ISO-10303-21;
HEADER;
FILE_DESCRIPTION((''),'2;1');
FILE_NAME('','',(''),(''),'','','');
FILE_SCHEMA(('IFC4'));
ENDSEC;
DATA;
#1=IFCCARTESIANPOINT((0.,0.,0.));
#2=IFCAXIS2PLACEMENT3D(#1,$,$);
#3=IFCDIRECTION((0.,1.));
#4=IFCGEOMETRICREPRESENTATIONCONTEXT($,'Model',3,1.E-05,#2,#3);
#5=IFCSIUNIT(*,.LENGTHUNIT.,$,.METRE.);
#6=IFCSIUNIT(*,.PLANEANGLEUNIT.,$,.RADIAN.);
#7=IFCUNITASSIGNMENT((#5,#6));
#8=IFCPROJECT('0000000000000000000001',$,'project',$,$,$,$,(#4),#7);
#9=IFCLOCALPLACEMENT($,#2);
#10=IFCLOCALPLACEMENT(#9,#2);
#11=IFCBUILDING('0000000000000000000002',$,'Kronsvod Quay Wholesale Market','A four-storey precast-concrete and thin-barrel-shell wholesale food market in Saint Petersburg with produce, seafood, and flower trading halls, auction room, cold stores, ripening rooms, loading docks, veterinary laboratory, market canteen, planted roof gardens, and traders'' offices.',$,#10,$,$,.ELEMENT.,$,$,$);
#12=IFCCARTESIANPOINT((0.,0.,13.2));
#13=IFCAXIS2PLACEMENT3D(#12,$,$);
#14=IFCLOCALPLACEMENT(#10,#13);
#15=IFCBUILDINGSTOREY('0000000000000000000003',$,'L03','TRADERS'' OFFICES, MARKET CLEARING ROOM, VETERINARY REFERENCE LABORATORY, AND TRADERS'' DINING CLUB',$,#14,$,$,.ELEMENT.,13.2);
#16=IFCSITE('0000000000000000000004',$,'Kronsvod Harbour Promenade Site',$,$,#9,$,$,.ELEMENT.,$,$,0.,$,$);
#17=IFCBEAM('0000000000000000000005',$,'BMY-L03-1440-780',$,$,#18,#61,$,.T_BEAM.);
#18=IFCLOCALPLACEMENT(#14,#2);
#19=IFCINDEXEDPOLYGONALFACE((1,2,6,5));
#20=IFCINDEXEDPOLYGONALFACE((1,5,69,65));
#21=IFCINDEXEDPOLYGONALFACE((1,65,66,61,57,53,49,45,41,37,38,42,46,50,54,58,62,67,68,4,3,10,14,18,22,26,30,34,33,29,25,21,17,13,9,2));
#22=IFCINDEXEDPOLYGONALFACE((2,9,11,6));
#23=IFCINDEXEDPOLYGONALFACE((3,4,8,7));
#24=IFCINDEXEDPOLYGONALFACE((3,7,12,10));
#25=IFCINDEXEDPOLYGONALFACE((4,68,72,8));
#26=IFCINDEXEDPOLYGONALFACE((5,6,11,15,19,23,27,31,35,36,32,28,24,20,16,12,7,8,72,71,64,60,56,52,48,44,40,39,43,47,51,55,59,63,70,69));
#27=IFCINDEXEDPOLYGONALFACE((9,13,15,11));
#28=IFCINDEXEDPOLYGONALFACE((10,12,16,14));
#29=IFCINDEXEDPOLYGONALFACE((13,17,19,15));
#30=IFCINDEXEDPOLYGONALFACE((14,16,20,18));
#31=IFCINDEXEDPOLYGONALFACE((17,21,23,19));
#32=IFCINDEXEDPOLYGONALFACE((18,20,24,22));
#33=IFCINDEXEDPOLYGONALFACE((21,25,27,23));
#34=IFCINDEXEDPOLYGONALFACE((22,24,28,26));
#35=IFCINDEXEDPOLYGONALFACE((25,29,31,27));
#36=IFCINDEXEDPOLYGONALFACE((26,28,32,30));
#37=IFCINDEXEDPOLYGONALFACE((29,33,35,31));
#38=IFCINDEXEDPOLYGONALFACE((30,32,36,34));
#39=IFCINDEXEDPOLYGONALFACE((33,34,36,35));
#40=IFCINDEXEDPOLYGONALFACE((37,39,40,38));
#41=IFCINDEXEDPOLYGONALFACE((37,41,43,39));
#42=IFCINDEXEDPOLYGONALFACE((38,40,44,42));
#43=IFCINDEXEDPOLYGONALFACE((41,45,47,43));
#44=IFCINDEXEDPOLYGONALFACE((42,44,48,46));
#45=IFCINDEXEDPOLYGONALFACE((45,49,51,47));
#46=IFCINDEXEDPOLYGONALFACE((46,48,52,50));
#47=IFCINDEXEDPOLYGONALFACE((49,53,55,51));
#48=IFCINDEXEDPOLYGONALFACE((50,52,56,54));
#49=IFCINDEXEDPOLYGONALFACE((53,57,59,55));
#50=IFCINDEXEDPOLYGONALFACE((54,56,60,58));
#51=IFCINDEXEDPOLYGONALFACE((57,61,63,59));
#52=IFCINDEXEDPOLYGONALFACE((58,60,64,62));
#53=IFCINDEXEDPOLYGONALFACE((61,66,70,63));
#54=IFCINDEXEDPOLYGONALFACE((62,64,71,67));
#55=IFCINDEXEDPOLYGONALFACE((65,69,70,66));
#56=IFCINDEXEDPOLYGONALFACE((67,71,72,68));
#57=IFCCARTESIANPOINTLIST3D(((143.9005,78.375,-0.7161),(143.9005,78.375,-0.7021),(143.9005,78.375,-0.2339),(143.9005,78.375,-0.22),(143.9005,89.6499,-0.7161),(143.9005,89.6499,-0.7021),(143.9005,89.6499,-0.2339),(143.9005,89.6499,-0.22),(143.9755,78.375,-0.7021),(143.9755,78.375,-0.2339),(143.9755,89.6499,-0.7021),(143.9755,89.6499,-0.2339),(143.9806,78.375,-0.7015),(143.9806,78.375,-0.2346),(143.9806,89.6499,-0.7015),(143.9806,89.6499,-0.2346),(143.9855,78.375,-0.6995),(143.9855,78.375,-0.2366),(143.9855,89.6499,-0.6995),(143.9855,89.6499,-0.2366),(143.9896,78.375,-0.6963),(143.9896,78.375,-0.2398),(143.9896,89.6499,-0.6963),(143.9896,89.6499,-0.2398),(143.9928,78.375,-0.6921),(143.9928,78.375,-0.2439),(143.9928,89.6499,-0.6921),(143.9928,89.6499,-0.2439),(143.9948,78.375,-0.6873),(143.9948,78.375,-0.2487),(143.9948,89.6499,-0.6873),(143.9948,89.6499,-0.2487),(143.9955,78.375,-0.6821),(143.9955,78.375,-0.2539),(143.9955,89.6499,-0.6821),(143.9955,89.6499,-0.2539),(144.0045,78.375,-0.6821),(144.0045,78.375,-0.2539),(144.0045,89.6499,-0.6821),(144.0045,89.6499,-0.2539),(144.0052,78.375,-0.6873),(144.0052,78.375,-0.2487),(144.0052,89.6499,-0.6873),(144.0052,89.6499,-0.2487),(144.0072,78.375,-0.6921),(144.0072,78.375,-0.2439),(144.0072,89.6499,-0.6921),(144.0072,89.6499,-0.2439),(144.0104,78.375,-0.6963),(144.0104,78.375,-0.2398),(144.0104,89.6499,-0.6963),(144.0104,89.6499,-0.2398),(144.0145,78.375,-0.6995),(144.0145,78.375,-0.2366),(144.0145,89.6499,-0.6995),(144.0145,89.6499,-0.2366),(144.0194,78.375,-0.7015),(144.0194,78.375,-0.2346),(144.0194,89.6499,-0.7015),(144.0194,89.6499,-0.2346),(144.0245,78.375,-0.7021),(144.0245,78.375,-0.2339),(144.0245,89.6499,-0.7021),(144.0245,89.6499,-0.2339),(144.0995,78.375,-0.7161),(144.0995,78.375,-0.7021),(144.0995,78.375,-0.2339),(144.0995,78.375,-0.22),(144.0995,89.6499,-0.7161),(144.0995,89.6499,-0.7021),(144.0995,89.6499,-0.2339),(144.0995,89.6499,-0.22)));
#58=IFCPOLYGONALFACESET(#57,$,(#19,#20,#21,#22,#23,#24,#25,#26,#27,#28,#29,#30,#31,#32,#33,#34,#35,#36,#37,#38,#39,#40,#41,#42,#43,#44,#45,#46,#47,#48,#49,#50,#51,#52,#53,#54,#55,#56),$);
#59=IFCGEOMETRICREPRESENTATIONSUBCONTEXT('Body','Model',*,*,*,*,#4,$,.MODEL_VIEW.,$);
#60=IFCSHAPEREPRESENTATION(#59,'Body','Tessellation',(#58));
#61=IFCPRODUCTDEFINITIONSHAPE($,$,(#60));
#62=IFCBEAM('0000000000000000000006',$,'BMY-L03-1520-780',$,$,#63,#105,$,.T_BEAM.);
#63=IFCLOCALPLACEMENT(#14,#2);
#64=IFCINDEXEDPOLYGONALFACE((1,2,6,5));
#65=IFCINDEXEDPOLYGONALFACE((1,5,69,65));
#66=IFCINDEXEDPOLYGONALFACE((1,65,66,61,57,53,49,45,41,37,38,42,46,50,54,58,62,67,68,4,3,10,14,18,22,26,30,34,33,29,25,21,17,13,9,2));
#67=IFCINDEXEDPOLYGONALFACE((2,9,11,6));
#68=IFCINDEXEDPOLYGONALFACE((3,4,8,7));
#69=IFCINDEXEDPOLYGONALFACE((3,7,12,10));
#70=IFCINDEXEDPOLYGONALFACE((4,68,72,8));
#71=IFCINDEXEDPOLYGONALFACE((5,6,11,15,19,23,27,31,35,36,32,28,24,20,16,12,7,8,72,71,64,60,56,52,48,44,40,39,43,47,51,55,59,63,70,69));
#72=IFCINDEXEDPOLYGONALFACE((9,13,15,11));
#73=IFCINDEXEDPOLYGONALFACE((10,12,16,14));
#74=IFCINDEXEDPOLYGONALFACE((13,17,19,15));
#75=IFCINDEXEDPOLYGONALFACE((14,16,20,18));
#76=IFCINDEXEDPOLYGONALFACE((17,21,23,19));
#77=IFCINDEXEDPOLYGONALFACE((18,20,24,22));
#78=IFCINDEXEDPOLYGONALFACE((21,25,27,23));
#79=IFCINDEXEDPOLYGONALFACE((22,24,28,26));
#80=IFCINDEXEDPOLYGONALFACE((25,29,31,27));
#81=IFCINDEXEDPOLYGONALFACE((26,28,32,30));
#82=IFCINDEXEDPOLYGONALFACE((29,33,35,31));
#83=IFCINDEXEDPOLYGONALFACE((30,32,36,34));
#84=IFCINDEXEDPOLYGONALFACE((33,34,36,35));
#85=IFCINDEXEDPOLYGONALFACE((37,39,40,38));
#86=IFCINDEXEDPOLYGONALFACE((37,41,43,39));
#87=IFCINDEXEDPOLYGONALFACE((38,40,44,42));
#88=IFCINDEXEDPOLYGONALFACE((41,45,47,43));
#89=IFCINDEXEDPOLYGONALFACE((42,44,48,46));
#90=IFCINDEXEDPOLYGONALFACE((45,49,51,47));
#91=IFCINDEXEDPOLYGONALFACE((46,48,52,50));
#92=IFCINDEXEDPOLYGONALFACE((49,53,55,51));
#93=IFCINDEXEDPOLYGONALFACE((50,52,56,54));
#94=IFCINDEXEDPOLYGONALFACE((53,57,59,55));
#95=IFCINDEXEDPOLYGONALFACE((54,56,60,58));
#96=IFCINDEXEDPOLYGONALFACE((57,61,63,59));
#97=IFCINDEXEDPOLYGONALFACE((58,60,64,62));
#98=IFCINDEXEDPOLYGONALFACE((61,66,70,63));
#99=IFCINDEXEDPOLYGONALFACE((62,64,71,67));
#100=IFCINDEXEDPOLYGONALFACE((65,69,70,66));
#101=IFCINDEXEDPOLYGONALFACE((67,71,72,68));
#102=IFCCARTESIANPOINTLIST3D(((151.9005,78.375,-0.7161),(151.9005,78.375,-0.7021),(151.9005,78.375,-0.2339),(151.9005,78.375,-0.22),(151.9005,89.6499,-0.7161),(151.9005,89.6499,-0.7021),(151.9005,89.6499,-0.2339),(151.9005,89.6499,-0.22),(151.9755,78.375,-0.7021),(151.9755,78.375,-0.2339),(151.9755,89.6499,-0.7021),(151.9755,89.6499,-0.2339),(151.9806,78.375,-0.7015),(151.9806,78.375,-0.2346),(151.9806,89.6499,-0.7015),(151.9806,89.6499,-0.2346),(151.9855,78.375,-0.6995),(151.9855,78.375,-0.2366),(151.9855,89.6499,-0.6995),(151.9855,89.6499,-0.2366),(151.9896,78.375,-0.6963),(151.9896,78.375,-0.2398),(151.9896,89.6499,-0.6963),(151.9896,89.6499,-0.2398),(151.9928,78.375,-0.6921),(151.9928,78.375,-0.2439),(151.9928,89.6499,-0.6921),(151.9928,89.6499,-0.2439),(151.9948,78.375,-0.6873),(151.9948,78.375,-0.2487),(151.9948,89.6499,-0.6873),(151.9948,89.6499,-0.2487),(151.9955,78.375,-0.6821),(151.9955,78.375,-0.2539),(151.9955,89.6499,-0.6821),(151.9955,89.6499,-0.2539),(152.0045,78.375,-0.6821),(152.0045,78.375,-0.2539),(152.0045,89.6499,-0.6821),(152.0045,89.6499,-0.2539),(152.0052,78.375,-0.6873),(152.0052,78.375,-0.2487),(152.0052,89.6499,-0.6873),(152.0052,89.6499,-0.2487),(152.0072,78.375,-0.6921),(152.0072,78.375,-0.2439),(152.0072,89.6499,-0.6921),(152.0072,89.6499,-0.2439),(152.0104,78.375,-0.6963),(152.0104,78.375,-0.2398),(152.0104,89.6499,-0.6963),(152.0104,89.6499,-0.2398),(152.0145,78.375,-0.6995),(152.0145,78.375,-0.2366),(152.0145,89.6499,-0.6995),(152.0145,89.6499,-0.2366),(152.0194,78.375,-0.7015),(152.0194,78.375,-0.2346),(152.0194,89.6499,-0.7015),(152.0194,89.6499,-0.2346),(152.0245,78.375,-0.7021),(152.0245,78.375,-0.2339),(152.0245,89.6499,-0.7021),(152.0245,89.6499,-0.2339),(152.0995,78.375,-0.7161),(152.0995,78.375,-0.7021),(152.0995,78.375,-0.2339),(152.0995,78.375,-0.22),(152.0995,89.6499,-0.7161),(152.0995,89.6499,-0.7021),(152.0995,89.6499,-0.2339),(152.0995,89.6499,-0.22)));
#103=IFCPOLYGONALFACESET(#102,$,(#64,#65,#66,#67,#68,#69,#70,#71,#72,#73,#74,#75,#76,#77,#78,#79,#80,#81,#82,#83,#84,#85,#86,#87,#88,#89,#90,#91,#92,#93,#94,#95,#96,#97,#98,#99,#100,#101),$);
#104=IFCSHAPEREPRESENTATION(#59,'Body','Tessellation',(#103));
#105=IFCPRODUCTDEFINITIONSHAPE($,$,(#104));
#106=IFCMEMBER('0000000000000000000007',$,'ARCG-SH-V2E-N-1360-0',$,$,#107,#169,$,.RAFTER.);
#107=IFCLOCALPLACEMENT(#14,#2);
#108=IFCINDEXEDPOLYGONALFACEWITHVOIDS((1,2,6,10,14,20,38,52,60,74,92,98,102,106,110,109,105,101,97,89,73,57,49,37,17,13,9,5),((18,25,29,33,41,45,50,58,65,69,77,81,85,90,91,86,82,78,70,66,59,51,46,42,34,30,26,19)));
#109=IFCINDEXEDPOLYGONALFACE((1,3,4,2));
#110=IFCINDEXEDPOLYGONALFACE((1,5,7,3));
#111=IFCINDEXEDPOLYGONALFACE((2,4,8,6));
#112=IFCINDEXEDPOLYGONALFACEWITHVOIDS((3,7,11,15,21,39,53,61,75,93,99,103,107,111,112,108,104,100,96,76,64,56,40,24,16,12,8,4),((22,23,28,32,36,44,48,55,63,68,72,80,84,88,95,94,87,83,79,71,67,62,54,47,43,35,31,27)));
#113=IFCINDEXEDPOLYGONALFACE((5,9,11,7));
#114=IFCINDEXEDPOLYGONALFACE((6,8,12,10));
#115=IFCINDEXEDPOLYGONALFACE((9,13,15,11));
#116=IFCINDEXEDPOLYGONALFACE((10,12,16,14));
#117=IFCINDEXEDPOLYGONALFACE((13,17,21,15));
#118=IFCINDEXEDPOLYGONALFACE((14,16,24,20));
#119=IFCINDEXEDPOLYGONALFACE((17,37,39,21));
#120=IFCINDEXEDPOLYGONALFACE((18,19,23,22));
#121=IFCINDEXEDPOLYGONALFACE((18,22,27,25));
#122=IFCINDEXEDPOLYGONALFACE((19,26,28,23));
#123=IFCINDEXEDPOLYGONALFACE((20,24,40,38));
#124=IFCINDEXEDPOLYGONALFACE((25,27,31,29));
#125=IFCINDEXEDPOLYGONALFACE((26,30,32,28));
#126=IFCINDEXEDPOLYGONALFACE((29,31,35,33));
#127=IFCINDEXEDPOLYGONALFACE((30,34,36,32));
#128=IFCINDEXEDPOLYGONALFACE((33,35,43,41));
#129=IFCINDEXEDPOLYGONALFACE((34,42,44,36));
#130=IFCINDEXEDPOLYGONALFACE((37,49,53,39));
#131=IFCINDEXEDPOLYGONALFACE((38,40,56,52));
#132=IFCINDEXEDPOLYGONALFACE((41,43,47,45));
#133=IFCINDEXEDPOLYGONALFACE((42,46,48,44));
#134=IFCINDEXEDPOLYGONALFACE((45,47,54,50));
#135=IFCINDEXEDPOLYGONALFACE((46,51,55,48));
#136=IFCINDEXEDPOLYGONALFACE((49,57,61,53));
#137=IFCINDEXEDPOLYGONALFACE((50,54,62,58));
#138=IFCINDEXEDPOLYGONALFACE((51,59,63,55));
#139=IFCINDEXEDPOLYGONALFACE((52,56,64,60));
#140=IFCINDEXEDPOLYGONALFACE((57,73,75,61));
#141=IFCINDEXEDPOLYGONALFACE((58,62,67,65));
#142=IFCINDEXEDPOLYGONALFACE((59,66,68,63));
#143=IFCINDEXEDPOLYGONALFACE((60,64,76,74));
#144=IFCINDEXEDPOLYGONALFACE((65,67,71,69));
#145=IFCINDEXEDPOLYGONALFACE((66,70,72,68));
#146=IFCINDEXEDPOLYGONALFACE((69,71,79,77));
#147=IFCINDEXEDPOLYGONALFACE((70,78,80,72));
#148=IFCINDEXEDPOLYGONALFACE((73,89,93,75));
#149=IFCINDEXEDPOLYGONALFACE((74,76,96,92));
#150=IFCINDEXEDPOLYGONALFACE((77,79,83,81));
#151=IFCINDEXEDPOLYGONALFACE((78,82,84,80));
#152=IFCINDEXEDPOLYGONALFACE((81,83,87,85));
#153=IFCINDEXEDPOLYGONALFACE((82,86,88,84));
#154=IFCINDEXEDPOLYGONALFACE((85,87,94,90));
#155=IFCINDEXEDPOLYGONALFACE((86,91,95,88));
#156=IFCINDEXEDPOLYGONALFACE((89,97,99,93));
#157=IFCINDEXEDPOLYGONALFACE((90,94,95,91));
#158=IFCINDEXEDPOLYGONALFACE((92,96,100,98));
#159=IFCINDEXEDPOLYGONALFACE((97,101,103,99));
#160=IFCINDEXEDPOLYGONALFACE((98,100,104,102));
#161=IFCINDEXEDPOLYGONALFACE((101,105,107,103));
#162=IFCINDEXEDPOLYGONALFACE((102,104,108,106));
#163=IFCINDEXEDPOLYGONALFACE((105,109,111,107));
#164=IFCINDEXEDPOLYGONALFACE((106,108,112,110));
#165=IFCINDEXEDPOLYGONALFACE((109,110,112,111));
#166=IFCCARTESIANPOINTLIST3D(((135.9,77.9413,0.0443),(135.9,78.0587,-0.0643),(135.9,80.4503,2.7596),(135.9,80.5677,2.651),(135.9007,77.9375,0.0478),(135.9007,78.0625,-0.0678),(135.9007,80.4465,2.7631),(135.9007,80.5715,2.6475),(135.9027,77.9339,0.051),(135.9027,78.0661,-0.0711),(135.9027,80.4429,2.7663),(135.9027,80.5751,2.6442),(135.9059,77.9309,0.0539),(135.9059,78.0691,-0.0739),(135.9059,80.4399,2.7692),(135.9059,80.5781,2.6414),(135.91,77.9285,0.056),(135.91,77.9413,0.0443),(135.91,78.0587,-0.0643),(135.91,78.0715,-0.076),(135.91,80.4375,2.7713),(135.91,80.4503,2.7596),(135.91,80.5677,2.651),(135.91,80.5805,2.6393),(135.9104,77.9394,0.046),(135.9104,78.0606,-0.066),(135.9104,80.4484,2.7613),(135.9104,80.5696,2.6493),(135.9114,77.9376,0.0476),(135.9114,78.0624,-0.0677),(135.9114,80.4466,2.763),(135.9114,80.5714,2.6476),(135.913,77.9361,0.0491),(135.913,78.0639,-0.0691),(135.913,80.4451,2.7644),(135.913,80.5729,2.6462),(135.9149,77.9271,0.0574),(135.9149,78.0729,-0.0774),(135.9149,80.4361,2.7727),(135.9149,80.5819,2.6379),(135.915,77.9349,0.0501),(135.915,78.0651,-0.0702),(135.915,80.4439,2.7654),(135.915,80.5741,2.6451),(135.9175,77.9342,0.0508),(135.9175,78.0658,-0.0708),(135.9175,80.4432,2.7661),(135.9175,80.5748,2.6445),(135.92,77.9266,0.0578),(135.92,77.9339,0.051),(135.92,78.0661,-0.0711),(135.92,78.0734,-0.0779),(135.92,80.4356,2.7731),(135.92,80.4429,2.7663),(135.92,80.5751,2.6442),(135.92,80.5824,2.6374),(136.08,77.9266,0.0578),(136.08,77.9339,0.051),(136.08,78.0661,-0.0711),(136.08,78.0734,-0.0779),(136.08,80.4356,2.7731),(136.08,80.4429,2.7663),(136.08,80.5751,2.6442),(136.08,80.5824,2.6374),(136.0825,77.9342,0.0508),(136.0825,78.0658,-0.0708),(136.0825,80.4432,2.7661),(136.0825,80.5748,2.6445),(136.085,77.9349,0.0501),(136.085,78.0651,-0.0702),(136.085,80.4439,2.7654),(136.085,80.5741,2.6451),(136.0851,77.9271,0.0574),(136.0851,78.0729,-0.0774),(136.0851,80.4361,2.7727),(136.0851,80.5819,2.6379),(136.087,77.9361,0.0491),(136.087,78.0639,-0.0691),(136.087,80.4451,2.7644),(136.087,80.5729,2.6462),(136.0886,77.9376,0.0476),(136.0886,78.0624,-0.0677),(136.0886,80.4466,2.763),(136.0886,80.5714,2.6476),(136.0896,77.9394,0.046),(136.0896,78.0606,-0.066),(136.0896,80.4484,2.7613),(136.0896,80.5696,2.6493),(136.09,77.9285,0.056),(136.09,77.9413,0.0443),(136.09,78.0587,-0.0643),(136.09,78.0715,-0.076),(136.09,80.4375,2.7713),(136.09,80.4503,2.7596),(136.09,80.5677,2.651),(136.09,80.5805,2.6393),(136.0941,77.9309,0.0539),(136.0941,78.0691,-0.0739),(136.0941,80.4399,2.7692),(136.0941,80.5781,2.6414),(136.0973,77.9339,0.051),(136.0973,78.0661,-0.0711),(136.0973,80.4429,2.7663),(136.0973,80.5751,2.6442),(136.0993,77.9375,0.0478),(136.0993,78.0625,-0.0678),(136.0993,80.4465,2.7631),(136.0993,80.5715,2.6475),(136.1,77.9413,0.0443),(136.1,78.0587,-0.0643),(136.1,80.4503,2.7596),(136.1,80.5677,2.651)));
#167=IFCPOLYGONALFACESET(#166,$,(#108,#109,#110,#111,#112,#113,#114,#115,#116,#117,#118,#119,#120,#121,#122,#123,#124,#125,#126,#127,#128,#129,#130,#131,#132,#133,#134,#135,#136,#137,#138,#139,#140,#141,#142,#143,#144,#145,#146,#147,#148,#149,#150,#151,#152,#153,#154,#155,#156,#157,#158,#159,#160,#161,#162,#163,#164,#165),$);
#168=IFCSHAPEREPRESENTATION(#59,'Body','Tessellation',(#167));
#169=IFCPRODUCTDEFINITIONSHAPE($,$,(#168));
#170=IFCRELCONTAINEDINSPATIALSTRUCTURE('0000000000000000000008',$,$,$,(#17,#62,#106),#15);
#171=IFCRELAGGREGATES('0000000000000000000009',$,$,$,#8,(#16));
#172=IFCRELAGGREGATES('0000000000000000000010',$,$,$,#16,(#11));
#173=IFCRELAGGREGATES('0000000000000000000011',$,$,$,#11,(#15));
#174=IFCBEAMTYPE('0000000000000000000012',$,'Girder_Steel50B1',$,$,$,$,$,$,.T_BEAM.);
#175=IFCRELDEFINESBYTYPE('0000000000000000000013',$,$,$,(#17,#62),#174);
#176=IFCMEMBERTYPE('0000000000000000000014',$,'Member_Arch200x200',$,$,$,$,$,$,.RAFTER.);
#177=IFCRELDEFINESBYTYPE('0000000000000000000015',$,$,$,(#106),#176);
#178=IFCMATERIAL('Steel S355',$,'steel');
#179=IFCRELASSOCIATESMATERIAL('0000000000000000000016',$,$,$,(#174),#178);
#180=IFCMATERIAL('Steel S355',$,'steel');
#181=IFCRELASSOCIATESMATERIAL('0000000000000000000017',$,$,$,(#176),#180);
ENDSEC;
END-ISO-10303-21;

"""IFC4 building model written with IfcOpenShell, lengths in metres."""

from ifc_helpers import new_model, si_unit, direction, frame, origin, origin_2d, place, context, subcontext, project, spatial, hollow_rectangle, i_section, extrude, material, material_profile, profile_set, type_object, element, save


model = new_model("IFC4")

# Units and contexts
model_context = context("Model", 3, precision=1e-05, world=origin(), true_north=direction((0.0, 1.0)))
body_context = subcontext(model_context, "Body", "Model", "MODEL_VIEW")
ifc_project = project(units=[si_unit("LENGTHUNIT", "METRE"), si_unit("PLANEANGLEUNIT", "RADIAN")], contexts=[model_context])

# Site, building, storey
site_placement = place(None, origin())
site = spatial("IfcSite", under=ifc_project, at=site_placement, Name="Kronsvod Harbour Promenade Site", CompositionType="ELEMENT", RefElevation=0.0)
building_placement = place(site_placement, origin())
building = spatial("IfcBuilding", under=site, at=building_placement, Name="Kronsvod Quay Wholesale Market", Description="A four-storey precast-concrete and thin-barrel-shell wholesale food market in Saint Petersburg with produce, seafood, and flower trading halls, auction room, cold stores, ripening rooms, loading docks, veterinary laboratory, market canteen, planted roof gardens, and traders' offices.", CompositionType="ELEMENT")
storey_placement = place(building_placement, frame((0.0, 0.0, 13.2)))
storey = spatial("IfcBuildingStorey", under=building, at=storey_placement, Name="L03", Description="TRADERS' OFFICES, MARKET CLEARING ROOM, VETERINARY REFERENCE LABORATORY, AND TRADERS' DINING CLUB", CompositionType="ELEMENT", Elevation=13.2)

# Beams
ifc_material_1 = material(Name="Steel S355", Category="steel")
ifc_material_profile_1 = material_profile(ifc_material_1, i_section(OverallWidth=0.199, OverallDepth=0.4961, WebThickness=0.009, FlangeThickness=0.0139, FilletRadius=0.02, at=origin_2d()), Name="50B1")
ifc_profile_set_1 = profile_set([ifc_material_profile_1], Name="Steel S355")
beam_type_1 = type_object("IfcBeamType", Name="Girder_Steel50B1", PredefinedType="T_BEAM", material=ifc_profile_set_1)
for number, where, z_axis, x_axis, name in (
    (1, (144.0, 78.375, -0.468), (0.0, 1.0, 0.0), (-1.0, 0.0, 0.0), "BMY-L03-1440-780"),
    (2, (152.0, 78.375, -0.468), (0.0, 1.0, 0.0), (-1.0, 0.0, 0.0), "BMY-L03-1520-780"),
):
    element("IfcBeam", number, at=place(storey_placement, frame(where, z_axis=z_axis, x_axis=x_axis)), inside=storey, type_object=beam_type_1, Name=name, PredefinedType="T_BEAM", context=body_context, shape_type="SweptSolid", body=[
        extrude(i_section(OverallWidth=0.199, OverallDepth=0.4961, WebThickness=0.009, FlangeThickness=0.0139, FilletRadius=0.02, at=origin_2d()), origin(), (0.0, 0.0, 1.0), 11.2749),
    ])

# Member
ifc_material_2 = material(Name="Steel S355", Category="steel")
ifc_material_profile_2 = material_profile(ifc_material_2, hollow_rectangle(XDim=0.2, YDim=0.2, WallThickness=0.01, InnerFilletRadius=0.01, OuterFilletRadius=0.02, at=origin_2d()), Name="RHS200x200x10")
ifc_profile_set_2 = profile_set([ifc_material_profile_2], Name="Steel S355")
member_type_1 = type_object("IfcMemberType", Name="Member_Arch200x200", PredefinedType="RAFTER", material=ifc_profile_set_2)
member_1_placement = place(storey_placement, frame((136.0, 78.0, -0.01), z_axis=(0.0, 0.678656, 0.734456), x_axis=(-1.0, 0.0, 0.0)))
element("IfcMember", 3, at=member_1_placement, inside=storey, type_object=member_type_1, Name="ARCG-SH-V2E-N-1360-0", PredefinedType="RAFTER", context=body_context, shape_type="SweptSolid", body=[
    extrude(hollow_rectangle(XDim=0.2, YDim=0.2, WallThickness=0.01, InnerFilletRadius=0.01, OuterFilletRadius=0.02, at=origin_2d()), origin(), (0.0, 0.0, 1.0), 3.697),
])

save(model, "model.ifc")
